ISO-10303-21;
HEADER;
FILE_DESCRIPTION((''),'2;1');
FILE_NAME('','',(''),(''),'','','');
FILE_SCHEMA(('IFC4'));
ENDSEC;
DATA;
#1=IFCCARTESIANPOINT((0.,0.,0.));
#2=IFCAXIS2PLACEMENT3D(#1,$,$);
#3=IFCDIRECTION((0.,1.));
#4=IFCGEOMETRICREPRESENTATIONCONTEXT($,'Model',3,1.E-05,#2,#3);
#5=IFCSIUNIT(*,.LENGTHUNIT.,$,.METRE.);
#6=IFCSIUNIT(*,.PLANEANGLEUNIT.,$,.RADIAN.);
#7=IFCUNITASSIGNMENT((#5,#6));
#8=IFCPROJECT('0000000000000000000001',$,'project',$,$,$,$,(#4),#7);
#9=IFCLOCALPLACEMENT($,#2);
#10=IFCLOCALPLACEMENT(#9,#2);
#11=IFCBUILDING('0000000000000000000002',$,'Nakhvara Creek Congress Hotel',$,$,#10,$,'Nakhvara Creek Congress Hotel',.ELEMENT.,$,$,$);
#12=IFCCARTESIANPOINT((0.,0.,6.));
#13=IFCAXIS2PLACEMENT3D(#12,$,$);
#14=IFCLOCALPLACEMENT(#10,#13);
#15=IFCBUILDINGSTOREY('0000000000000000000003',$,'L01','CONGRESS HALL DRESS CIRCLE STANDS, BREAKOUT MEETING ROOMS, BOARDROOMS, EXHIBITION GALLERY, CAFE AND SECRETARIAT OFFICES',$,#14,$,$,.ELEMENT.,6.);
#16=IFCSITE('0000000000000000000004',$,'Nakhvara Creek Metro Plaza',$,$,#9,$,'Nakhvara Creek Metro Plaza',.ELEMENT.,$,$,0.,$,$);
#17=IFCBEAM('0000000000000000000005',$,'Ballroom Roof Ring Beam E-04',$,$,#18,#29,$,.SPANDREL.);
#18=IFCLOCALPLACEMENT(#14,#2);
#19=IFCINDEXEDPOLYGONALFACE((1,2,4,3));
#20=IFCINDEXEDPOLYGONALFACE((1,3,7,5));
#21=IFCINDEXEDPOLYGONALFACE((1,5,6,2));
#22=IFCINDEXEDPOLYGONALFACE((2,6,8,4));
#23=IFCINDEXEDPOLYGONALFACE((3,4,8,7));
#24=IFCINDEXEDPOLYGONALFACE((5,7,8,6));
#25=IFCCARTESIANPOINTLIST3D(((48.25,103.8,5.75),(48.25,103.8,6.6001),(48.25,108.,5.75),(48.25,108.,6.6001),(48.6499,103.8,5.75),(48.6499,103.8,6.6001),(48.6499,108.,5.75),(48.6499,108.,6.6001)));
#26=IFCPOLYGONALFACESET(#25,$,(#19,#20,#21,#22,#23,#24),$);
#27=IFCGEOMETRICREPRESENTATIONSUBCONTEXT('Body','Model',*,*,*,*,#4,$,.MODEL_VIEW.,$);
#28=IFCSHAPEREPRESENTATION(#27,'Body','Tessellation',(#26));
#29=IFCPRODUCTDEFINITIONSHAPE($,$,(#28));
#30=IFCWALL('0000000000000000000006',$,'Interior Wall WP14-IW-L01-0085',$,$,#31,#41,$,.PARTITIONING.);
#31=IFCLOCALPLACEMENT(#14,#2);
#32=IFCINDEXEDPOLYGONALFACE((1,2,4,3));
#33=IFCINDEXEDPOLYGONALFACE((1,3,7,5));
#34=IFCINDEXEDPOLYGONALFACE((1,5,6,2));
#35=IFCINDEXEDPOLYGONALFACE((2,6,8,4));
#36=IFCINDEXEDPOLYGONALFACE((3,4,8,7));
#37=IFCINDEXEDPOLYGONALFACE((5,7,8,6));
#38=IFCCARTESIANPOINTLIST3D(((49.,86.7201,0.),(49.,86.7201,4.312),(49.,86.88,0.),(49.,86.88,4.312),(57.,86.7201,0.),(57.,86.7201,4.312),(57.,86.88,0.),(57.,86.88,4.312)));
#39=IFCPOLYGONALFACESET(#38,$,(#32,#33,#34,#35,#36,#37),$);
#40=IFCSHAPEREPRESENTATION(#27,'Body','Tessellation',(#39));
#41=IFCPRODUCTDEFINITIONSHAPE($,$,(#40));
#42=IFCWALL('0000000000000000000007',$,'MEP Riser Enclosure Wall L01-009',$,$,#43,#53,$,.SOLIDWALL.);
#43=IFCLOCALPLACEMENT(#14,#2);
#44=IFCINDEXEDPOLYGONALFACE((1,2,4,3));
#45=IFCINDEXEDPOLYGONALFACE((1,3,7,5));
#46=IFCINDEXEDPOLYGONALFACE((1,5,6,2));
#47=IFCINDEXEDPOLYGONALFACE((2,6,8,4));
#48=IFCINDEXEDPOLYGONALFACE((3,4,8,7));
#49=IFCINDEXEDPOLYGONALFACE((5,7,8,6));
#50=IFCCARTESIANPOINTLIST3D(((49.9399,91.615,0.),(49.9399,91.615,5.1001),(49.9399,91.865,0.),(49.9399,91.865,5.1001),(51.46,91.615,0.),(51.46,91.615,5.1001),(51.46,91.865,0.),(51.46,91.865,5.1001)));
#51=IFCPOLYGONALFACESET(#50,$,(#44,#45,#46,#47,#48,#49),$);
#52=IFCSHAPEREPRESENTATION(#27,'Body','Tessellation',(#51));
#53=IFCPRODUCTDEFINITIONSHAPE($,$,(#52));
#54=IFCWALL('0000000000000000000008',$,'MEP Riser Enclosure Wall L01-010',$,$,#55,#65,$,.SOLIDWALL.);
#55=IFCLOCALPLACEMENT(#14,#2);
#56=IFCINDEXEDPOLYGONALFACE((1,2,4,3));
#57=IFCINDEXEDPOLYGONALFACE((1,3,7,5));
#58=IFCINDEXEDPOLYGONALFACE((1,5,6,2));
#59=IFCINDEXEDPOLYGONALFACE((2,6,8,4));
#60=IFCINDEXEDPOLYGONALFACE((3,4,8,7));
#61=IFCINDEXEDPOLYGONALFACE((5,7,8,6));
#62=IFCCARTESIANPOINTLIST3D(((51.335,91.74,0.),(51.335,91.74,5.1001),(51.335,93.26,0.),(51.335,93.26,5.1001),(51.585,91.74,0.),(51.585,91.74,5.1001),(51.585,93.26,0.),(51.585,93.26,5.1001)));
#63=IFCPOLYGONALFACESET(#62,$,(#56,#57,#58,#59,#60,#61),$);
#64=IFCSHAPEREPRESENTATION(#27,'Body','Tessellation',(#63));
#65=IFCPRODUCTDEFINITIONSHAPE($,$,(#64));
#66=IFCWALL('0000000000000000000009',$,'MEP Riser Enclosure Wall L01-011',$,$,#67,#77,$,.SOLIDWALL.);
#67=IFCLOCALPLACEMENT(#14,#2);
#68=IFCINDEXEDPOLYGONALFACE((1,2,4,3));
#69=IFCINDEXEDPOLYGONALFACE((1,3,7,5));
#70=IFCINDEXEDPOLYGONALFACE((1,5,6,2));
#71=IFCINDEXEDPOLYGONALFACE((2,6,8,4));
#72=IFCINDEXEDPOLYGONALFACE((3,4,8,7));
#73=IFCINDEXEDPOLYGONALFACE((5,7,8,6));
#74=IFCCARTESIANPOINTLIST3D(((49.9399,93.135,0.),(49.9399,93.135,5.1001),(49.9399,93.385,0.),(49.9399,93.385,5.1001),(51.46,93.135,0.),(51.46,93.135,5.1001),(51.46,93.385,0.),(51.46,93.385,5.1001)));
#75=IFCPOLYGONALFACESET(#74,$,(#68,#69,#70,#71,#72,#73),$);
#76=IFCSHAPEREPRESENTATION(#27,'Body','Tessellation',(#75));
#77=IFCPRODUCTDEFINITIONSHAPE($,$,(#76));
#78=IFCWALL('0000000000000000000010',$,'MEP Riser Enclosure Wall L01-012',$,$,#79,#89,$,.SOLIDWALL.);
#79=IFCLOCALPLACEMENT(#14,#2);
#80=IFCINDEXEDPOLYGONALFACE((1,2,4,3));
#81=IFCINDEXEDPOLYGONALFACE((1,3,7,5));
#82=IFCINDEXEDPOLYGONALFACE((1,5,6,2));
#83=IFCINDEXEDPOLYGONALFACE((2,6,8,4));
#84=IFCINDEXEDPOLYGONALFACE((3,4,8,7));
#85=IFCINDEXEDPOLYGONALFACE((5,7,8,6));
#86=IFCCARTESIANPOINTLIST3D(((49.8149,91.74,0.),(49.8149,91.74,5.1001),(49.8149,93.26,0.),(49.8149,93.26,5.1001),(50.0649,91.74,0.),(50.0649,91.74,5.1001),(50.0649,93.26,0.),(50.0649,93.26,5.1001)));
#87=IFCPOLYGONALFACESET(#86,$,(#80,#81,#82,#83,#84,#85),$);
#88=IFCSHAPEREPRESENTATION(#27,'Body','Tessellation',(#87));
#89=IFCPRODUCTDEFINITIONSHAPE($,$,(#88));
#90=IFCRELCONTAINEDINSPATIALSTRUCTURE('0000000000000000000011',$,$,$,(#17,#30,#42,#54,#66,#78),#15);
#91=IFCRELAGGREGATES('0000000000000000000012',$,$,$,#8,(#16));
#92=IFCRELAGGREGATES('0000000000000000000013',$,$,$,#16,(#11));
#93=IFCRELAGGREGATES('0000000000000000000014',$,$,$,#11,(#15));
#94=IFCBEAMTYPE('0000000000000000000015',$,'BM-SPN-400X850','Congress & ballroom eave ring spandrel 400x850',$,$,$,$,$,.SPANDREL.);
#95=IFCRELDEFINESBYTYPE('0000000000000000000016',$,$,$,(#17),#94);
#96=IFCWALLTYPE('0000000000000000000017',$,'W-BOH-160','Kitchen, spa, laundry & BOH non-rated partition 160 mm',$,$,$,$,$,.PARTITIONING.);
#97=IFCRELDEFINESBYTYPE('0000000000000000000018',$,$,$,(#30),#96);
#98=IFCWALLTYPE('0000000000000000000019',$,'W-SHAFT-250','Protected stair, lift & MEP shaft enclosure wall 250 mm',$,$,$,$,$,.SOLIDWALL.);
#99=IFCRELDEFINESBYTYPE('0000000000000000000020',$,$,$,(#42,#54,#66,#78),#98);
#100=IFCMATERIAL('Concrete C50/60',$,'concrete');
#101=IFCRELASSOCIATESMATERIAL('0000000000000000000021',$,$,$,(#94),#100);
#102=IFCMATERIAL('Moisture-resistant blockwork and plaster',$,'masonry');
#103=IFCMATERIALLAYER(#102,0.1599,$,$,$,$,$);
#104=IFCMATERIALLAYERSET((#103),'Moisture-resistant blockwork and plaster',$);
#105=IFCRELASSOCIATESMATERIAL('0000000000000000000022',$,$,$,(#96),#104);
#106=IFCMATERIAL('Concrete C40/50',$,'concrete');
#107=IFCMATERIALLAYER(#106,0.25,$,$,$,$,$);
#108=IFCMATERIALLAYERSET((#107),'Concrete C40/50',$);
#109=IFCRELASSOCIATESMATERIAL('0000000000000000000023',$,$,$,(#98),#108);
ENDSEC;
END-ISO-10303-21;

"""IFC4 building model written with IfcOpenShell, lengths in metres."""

from ifc_helpers import new_model, si_unit, direction, frame, frame_2d, origin, origin_2d, place, context, subcontext, project, spatial, rectangle, extrude, material, layer, layer_set, material_profile, profile_set, type_object, element, save


model = new_model("IFC4")

# Units and contexts
model_context = context("Model", 3, precision=1e-05, world=origin(), true_north=direction((0.0, 1.0)))
body_context = subcontext(model_context, "Body", "Model", "MODEL_VIEW")
ifc_project = project(units=[si_unit("LENGTHUNIT", "METRE"), si_unit("PLANEANGLEUNIT", "RADIAN")], contexts=[model_context])

# Site, building, storey
site_placement = place(None, origin())
site = spatial("IfcSite", under=ifc_project, at=site_placement, Name="Nakhvara Creek Metro Plaza", LongName="Nakhvara Creek Metro Plaza", CompositionType="ELEMENT", RefElevation=0.0)
building_placement = place(site_placement, origin())
building = spatial("IfcBuilding", under=site, at=building_placement, Name="Nakhvara Creek Congress Hotel", LongName="Nakhvara Creek Congress Hotel", CompositionType="ELEMENT")
storey_placement = place(building_placement, frame((0.0, 0.0, 6.0)))
storey = spatial("IfcBuildingStorey", under=building, at=storey_placement, Name="L01", Description="CONGRESS HALL DRESS CIRCLE STANDS, BREAKOUT MEETING ROOMS, BOARDROOMS, EXHIBITION GALLERY, CAFE AND SECRETARIAT OFFICES", CompositionType="ELEMENT", Elevation=6.0)

# Shared definitions
ifc_material_1 = material(Name="Concrete C50/60", Category="concrete")

# Beam
ifc_material_2 = material(Name="Concrete C40/50", Category="concrete")
ifc_material_profile_1 = material_profile(ifc_material_1, rectangle(XDim=0.3999, YDim=0.8501, at=origin_2d()), Name="RC-SPANDREL 400x850", Category="LoadBearing")
ifc_profile_set_1 = profile_set([ifc_material_profile_1], Name="Concrete C50/60")
beam_type_1 = type_object("IfcBeamType", Name="BM-SPN-400X850", Description="Congress & ballroom eave ring spandrel 400x850", PredefinedType="SPANDREL", material=ifc_profile_set_1)
for number, where, z_axis, x_axis, name in (
    (1, (48.45, 103.8, 6.175), (0.0, 1.0, 0.0), (-1.0, 0.0, 0.0), "Ballroom Roof Ring Beam E-04"),
):
    element("IfcBeam", number, at=place(storey_placement, frame(where, z_axis=z_axis, x_axis=x_axis)), inside=storey, type_object=beam_type_1, Name=name, PredefinedType="SPANDREL", context=body_context, shape_type="SweptSolid", body=[
        extrude(rectangle(XDim=0.3999, YDim=0.8501, at=origin_2d()), origin(), (0.0, 0.0, 1.0), 4.2),
    ])

# Walls
ifc_material_3 = material(Name="Moisture-resistant blockwork and plaster", Category="masonry")
ifc_layer_1 = layer(ifc_material_3, 0.1599)
ifc_layer_set_1 = layer_set([ifc_layer_1], Name="Moisture-resistant blockwork and plaster")
wall_type_1 = type_object("IfcWallType", Name="W-BOH-160", Description="Kitchen, spa, laundry & BOH non-rated partition 160 mm", PredefinedType="PARTITIONING", material=ifc_layer_set_1)
wall_placement = place(storey_placement, frame((49.0, 86.8, 0.0), z_axis=(0.0, 0.0, 1.0), x_axis=(1.0, 0.0, 0.0)))
element("IfcWall", 2, at=wall_placement, inside=storey, type_object=wall_type_1, Name="Interior Wall WP14-IW-L01-0085", PredefinedType="PARTITIONING", context=body_context, shape_type="SweptSolid", body=[
    extrude(rectangle(XDim=8.0, YDim=0.1599, at=frame_2d((4.0, 0.0))), origin(), (0.0, 0.0, 1.0), 4.312),
])
ifc_layer_2 = layer(ifc_material_2, 0.25)
ifc_layer_set_2 = layer_set([ifc_layer_2], Name="Concrete C40/50")
wall_type_2 = type_object("IfcWallType", Name="W-SHAFT-250", Description="Protected stair, lift & MEP shaft enclosure wall 250 mm", PredefinedType="SOLIDWALL", material=ifc_layer_set_2)
for number, where, z_axis, x_axis, name in (
    (3, (49.9399, 91.74, 0.0), (0.0, 0.0, 1.0), (1.0, 0.0, 0.0), "MEP Riser Enclosure Wall L01-009"),
    (4, (51.46, 91.74, 0.0), (0.0, 0.0, 1.0), (0.0, 1.0, 0.0), "MEP Riser Enclosure Wall L01-010"),
    (5, (51.46, 93.26, 0.0), (0.0, 0.0, 1.0), (-1.0, 0.0, 0.0), "MEP Riser Enclosure Wall L01-011"),
    (6, (49.9399, 93.26, 0.0), (0.0, 0.0, 1.0), (0.0, -1.0, 0.0), "MEP Riser Enclosure Wall L01-012"),
):
    element("IfcWall", number, at=place(storey_placement, frame(where, z_axis=z_axis, x_axis=x_axis)), inside=storey, type_object=wall_type_2, Name=name, PredefinedType="SOLIDWALL", context=body_context, shape_type="SweptSolid", body=[
        extrude(rectangle(XDim=1.52, YDim=0.25, at=frame_2d((0.76, 0.0))), origin(), (0.0, 0.0, 1.0), 5.1001),
    ])

save(model, "model.ifc")
